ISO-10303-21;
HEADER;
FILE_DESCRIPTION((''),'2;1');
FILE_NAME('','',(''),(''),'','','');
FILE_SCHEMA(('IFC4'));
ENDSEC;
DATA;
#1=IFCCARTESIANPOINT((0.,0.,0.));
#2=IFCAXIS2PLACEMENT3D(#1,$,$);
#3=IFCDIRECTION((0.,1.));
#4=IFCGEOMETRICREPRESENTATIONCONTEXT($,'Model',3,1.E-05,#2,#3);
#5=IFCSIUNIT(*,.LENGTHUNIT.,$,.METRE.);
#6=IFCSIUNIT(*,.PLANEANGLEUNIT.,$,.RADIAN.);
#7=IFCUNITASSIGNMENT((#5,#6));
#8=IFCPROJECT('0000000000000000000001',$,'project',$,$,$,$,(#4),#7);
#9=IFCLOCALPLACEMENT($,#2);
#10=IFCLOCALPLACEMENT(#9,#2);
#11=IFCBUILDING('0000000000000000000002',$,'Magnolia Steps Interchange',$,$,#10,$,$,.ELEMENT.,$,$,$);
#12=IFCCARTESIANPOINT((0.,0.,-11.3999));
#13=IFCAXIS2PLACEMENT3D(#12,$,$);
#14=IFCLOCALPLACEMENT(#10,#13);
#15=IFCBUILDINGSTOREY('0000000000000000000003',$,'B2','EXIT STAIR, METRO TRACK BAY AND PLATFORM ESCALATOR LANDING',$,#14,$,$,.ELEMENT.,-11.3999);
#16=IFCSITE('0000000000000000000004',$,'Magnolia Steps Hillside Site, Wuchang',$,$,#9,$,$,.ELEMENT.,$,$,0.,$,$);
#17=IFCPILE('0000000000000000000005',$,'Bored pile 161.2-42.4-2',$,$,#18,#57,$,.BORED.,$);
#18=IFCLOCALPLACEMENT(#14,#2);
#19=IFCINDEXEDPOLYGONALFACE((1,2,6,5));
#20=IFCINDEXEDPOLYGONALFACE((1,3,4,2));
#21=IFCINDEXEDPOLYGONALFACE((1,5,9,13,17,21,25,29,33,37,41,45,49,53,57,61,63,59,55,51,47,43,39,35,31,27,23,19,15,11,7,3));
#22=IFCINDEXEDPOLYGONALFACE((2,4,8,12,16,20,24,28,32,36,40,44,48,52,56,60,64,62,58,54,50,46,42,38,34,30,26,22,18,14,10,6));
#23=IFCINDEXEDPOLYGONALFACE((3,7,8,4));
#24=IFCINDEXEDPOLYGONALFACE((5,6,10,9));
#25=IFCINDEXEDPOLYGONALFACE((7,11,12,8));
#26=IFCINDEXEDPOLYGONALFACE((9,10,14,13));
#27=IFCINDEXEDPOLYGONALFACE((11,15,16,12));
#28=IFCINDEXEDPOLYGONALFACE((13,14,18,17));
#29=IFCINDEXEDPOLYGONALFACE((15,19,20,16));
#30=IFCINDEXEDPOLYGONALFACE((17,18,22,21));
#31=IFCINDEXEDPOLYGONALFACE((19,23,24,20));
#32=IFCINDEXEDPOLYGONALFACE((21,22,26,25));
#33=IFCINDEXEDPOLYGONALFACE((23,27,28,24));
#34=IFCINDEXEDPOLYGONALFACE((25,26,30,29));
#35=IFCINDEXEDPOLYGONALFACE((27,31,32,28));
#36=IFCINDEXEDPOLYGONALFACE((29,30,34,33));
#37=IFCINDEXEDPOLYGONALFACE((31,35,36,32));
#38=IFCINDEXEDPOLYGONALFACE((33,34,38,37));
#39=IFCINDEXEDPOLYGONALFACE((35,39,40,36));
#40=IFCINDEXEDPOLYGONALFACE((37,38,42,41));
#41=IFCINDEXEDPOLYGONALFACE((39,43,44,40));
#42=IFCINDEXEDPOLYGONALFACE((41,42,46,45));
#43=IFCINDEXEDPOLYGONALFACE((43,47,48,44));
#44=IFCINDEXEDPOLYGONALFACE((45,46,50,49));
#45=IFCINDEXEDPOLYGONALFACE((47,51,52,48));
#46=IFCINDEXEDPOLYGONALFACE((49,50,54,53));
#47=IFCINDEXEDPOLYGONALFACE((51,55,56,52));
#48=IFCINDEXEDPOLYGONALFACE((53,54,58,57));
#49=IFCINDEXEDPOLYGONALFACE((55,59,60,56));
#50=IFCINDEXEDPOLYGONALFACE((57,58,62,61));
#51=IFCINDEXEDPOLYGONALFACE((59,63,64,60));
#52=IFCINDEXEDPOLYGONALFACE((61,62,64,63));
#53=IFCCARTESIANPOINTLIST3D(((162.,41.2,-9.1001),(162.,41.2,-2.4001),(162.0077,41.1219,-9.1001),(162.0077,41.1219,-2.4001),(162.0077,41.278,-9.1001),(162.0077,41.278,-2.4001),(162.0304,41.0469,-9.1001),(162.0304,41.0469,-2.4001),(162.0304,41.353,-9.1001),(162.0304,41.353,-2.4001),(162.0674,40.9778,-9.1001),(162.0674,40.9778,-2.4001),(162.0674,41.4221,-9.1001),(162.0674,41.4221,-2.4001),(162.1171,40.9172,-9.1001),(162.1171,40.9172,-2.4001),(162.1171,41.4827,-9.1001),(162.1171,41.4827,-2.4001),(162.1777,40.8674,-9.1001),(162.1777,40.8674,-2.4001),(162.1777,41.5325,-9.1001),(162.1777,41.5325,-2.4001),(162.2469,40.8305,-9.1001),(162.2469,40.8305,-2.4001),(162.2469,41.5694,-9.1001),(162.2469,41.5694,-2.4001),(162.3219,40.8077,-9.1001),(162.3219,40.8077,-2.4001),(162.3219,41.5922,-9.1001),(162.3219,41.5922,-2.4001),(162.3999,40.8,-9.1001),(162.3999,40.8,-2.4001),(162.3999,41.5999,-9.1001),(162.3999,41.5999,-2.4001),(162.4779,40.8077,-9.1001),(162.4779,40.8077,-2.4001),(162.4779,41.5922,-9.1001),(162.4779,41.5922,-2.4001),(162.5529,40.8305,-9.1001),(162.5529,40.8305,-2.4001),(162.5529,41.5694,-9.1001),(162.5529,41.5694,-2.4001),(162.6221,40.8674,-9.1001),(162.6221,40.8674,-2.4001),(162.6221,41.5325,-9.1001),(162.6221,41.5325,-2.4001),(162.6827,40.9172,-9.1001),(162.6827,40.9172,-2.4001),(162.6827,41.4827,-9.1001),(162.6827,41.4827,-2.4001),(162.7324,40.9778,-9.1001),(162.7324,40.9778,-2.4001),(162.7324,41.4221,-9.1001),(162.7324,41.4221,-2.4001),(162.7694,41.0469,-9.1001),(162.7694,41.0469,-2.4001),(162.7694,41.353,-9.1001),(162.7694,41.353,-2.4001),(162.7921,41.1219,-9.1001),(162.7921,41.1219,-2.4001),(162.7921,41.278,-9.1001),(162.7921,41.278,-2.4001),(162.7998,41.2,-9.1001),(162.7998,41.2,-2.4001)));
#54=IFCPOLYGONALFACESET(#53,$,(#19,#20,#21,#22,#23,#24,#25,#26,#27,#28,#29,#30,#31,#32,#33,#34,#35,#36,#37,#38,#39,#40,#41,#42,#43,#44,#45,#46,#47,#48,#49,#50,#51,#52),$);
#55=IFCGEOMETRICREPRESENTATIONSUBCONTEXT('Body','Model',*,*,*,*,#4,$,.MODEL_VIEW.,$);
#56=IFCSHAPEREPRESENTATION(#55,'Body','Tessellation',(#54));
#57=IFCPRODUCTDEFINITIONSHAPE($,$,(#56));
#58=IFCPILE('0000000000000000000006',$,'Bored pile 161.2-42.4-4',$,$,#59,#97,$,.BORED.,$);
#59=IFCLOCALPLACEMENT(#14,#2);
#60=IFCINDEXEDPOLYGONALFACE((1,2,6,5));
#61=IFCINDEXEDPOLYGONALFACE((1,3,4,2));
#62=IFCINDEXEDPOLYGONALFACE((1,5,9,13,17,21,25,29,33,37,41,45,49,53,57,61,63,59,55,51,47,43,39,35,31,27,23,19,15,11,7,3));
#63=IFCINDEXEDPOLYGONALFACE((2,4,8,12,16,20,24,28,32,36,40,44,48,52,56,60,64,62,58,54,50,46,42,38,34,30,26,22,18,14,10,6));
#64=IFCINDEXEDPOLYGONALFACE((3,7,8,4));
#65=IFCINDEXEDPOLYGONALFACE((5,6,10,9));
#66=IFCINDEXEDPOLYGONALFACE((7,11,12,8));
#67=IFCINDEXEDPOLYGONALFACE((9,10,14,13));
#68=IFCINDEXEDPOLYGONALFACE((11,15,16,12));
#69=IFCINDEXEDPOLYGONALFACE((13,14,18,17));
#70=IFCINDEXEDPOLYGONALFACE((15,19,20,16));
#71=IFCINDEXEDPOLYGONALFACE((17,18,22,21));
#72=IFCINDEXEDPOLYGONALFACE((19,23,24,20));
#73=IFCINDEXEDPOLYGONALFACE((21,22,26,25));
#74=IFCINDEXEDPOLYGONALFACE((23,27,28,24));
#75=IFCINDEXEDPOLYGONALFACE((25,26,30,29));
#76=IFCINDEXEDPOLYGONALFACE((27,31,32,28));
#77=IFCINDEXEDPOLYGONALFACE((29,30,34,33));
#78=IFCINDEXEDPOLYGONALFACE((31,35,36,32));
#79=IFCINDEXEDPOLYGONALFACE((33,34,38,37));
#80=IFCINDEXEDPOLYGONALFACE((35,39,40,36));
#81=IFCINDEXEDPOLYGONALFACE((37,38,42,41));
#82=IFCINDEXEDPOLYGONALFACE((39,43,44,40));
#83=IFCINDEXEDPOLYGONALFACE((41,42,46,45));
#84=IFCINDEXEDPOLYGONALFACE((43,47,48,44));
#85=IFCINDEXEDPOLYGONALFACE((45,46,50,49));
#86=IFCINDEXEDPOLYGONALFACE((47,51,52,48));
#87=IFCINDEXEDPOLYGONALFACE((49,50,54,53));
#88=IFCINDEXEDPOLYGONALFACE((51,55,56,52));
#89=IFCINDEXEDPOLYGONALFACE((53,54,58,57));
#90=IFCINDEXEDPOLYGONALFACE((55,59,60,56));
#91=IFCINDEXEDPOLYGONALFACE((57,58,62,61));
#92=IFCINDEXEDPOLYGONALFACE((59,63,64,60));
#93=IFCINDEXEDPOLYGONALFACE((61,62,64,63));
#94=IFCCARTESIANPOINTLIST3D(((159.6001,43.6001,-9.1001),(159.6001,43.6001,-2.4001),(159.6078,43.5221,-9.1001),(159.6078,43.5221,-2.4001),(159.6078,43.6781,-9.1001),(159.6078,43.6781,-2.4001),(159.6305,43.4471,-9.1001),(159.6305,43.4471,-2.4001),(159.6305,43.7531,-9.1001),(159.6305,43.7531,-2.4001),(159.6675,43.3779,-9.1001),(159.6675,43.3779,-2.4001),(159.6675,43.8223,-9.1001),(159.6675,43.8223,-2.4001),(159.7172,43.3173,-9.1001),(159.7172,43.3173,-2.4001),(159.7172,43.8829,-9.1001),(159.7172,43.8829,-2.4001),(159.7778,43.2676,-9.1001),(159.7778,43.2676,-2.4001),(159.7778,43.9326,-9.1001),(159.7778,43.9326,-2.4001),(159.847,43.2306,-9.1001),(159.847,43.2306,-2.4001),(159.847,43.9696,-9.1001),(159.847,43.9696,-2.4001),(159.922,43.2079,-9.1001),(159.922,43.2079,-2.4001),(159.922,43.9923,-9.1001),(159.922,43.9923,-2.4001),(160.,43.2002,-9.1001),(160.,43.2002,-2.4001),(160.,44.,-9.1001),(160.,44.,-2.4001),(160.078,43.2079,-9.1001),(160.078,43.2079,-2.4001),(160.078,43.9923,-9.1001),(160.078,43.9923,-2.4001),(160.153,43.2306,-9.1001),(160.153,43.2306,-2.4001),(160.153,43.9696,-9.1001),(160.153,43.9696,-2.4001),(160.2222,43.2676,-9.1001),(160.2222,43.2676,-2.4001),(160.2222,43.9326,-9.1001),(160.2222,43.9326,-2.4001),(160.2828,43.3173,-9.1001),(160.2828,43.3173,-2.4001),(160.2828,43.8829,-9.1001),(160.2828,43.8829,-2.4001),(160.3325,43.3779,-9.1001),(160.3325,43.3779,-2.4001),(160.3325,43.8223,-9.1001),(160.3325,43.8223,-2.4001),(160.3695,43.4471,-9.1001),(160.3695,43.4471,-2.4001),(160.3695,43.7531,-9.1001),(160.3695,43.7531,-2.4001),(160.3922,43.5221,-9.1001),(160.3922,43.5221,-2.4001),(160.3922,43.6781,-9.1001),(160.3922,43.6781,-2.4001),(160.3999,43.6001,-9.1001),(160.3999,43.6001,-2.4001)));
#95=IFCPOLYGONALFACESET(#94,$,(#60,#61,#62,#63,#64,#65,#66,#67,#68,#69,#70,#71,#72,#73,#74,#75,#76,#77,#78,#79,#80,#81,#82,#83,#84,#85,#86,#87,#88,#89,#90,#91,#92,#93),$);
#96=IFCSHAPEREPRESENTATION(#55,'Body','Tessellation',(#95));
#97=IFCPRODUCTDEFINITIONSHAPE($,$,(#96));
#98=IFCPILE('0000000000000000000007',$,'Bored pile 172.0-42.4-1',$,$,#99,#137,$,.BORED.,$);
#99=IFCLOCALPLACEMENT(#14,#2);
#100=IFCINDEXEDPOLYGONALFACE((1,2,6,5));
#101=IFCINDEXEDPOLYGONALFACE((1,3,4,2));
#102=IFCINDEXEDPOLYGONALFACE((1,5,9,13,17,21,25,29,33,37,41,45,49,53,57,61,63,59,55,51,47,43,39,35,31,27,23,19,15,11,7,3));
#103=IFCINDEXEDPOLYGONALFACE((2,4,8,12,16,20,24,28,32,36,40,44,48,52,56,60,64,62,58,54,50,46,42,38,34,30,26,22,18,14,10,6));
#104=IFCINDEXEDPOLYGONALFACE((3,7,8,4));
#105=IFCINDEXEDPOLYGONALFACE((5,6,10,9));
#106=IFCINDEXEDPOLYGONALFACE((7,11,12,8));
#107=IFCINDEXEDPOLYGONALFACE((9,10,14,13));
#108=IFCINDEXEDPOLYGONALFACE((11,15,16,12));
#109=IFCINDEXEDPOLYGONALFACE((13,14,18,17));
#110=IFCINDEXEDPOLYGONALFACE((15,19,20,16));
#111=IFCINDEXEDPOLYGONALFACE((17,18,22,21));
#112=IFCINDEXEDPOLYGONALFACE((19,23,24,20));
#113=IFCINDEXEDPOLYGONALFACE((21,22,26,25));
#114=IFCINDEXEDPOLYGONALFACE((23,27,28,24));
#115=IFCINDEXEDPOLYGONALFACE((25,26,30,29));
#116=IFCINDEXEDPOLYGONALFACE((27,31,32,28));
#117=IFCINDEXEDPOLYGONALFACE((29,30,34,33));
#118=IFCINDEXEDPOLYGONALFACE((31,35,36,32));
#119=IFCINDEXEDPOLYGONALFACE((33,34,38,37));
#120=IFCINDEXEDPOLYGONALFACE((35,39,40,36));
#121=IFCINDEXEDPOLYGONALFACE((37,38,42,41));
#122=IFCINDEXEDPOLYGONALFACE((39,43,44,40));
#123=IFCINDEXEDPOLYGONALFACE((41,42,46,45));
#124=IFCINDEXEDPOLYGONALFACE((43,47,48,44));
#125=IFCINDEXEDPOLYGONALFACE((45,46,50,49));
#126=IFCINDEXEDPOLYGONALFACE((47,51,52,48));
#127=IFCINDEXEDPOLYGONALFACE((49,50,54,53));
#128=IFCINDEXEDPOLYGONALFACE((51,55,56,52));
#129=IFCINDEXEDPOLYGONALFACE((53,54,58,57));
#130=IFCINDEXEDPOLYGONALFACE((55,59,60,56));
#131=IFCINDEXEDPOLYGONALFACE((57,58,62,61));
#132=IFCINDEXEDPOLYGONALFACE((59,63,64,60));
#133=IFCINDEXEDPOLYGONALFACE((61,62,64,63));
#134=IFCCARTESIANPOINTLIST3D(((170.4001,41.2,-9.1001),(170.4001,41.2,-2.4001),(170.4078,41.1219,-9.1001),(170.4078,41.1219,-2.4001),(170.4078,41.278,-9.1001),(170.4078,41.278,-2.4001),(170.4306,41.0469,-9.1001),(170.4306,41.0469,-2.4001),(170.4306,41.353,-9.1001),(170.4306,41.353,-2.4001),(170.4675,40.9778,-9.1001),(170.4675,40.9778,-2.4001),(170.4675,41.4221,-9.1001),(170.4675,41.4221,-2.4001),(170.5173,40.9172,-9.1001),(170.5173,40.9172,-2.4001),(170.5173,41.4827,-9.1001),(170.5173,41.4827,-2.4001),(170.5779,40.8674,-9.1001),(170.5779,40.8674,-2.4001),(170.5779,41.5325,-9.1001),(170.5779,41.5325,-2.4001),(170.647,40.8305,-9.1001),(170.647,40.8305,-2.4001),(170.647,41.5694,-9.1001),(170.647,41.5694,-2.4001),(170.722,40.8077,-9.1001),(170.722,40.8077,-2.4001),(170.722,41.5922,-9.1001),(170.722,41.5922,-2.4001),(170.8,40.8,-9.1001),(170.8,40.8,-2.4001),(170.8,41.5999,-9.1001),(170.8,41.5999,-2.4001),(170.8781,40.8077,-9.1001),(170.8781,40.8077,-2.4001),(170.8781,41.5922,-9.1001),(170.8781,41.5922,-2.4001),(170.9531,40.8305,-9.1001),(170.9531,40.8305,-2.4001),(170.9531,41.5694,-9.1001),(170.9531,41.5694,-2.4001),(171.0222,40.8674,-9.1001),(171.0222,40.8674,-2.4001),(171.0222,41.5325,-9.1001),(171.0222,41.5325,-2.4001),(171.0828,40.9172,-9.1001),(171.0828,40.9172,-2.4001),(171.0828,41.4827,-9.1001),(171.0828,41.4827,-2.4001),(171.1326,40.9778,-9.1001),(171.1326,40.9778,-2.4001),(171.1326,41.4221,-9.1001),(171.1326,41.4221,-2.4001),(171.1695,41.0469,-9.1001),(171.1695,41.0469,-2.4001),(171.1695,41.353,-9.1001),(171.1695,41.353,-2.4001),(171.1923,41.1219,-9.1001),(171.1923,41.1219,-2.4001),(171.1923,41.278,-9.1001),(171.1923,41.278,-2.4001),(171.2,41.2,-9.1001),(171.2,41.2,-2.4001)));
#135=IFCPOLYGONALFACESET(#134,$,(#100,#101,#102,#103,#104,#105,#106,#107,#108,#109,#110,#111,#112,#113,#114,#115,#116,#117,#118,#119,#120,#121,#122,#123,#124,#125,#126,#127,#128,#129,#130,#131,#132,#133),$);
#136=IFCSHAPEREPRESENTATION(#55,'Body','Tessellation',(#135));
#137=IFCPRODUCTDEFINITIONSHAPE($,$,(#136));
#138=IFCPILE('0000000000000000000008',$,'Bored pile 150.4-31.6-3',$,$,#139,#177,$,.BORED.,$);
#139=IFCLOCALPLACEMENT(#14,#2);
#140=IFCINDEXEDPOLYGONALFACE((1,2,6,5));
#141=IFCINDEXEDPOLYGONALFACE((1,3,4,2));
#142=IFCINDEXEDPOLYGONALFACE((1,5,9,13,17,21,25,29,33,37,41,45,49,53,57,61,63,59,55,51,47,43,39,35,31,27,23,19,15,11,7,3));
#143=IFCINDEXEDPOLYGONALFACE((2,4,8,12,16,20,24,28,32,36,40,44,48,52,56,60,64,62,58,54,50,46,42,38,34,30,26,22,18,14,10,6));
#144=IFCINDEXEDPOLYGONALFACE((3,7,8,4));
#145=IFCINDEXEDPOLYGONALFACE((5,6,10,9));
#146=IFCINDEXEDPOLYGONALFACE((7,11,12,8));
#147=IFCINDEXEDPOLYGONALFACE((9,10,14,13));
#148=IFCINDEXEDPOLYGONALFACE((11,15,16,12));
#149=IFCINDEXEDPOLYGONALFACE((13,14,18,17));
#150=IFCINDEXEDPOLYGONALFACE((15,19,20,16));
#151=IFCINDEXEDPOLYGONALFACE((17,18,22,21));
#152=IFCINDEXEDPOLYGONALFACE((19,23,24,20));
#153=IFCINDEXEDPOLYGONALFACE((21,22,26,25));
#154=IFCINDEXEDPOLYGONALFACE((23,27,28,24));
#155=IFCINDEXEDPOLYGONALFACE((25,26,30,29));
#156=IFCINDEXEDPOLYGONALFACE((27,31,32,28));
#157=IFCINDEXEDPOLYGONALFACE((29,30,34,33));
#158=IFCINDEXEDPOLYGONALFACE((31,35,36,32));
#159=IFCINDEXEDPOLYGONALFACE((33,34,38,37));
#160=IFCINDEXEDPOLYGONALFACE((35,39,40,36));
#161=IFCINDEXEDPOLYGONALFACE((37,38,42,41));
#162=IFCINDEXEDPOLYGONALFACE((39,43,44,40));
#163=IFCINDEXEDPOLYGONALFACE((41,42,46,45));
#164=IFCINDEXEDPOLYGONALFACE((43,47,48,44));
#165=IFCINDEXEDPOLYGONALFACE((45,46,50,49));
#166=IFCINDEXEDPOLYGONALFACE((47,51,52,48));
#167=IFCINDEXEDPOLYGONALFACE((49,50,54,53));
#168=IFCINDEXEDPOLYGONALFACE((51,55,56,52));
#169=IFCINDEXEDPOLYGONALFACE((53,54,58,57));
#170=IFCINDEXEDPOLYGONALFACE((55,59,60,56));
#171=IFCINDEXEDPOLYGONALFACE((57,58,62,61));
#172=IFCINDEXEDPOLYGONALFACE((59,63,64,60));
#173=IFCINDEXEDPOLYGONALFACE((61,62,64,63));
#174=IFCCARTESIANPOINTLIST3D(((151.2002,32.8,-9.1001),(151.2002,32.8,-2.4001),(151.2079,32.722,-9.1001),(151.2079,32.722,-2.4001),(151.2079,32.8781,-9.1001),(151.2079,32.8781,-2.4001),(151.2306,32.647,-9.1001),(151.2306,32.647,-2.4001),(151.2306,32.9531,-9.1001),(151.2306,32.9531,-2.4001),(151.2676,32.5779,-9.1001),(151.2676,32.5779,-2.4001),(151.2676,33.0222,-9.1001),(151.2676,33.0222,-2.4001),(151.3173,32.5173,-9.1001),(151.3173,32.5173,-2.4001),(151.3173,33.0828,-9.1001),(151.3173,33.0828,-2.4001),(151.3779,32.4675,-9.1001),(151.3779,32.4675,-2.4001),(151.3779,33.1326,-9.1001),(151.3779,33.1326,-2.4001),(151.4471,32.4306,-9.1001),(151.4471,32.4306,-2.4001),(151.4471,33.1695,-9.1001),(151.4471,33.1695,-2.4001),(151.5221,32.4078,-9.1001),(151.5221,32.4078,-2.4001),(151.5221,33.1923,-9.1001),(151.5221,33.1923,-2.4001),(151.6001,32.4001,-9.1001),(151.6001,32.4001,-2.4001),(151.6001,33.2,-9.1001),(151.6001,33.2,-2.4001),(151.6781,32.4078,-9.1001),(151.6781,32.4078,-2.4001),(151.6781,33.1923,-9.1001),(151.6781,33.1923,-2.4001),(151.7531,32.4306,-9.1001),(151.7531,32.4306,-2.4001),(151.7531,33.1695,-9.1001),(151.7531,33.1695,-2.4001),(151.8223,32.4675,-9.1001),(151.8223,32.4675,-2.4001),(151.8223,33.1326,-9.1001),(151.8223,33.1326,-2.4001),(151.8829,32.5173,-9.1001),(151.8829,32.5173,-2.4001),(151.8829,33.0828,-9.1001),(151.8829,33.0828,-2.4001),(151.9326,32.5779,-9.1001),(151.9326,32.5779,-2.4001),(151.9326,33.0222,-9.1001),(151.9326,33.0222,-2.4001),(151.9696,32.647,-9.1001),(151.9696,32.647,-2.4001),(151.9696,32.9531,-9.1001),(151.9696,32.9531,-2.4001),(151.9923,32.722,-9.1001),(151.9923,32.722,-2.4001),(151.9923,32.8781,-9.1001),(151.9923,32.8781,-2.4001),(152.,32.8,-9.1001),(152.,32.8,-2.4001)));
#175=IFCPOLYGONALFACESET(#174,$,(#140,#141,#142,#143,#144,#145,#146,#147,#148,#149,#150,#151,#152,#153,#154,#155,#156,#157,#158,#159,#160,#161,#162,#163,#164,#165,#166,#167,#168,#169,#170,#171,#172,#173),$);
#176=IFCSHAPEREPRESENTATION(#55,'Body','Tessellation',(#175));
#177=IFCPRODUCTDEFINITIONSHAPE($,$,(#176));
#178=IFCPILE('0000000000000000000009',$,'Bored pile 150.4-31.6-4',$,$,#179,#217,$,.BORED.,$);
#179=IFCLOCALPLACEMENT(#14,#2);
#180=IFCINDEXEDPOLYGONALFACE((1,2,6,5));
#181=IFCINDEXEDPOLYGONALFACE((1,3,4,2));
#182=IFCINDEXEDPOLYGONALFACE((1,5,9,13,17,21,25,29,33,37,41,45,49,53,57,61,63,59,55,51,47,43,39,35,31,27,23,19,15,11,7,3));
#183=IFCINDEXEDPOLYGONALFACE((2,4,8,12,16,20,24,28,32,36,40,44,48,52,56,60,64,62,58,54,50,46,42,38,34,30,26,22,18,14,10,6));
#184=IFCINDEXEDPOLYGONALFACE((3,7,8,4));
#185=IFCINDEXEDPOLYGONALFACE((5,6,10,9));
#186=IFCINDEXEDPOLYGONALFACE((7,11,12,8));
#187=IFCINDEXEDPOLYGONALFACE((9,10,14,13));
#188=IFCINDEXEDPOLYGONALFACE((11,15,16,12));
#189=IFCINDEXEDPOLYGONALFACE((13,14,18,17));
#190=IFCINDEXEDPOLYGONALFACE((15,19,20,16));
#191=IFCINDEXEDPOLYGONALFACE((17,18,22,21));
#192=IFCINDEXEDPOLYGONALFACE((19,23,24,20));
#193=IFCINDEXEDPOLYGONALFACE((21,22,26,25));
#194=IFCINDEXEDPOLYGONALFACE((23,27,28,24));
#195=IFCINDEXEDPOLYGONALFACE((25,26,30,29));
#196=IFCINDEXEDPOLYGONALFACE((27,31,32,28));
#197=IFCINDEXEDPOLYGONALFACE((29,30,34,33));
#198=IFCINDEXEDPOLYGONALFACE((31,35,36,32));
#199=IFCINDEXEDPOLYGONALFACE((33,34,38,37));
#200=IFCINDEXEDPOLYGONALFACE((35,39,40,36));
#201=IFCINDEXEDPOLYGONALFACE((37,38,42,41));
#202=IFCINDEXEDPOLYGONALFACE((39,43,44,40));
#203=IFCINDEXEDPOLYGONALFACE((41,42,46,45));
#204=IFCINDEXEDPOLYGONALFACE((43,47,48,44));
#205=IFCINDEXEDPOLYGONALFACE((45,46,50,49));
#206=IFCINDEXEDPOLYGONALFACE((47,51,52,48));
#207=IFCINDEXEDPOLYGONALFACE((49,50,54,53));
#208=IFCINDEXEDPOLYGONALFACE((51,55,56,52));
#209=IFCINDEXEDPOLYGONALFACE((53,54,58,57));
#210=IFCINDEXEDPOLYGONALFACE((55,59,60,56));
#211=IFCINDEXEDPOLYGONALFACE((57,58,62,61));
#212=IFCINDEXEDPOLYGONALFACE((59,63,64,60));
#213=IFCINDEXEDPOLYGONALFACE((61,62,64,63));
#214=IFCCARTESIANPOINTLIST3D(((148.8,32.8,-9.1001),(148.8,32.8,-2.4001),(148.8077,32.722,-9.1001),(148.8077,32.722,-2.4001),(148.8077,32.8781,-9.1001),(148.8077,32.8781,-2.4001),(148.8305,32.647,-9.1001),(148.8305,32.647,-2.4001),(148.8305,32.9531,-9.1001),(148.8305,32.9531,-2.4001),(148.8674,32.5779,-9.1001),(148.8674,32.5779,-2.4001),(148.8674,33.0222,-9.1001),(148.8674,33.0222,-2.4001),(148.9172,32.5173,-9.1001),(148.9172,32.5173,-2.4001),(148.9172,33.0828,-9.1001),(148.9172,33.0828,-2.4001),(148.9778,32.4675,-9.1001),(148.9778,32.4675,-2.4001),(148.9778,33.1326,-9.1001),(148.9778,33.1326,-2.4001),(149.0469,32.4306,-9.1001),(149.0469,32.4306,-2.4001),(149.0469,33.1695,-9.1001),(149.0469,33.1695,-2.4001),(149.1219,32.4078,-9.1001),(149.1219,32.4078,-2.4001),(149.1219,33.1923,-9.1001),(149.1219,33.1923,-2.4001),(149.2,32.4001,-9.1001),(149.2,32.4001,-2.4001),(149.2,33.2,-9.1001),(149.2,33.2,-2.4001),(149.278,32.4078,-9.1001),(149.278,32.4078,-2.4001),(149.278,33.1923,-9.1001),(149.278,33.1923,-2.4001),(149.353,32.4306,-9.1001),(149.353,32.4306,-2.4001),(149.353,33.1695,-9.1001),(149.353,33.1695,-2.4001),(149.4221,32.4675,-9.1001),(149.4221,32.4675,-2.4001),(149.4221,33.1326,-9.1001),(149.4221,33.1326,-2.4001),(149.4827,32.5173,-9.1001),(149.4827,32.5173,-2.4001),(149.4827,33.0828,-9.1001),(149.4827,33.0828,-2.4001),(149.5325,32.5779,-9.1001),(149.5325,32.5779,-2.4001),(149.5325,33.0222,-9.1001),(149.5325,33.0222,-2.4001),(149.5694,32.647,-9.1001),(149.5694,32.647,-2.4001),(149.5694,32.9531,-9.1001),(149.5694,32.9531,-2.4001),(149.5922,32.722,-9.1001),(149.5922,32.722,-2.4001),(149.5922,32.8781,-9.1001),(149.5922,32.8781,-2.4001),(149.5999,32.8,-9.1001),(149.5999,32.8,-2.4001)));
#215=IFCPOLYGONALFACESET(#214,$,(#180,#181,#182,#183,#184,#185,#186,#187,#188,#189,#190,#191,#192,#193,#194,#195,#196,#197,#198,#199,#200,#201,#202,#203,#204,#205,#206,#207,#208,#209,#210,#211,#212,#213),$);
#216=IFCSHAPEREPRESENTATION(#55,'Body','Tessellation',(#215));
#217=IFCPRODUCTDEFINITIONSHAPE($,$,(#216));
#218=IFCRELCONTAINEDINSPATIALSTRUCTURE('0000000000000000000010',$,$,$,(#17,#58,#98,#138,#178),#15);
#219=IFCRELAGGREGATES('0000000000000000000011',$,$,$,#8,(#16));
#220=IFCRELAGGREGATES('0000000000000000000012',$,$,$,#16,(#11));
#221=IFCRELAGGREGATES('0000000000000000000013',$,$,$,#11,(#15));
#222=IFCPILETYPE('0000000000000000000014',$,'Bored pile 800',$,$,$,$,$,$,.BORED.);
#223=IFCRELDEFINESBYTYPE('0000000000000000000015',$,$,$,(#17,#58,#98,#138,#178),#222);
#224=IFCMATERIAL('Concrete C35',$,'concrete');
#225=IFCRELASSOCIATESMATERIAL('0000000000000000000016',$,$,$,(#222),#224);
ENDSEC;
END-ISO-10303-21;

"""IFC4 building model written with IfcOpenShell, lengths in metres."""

from ifc_helpers import new_model, si_unit, direction, frame, origin, origin_2d, place, context, subcontext, project, spatial, circle, extrude, material, material_profile, profile_set, type_object, element, save


model = new_model("IFC4")

# Units and contexts
model_context = context("Model", 3, precision=1e-05, world=origin(), true_north=direction((0.0, 1.0)))
body_context = subcontext(model_context, "Body", "Model", "MODEL_VIEW")
ifc_project = project(units=[si_unit("LENGTHUNIT", "METRE"), si_unit("PLANEANGLEUNIT", "RADIAN")], contexts=[model_context])

# Site, building, storey
site_placement = place(None, origin())
site = spatial("IfcSite", under=ifc_project, at=site_placement, Name="Magnolia Steps Hillside Site, Wuchang", CompositionType="ELEMENT", RefElevation=0.0)
building_placement = place(site_placement, origin())
building = spatial("IfcBuilding", under=site, at=building_placement, Name="Magnolia Steps Interchange", CompositionType="ELEMENT")
storey_placement = place(building_placement, frame((0.0, 0.0, -11.3999)))
storey = spatial("IfcBuildingStorey", under=building, at=storey_placement, Name="B2", Description="EXIT STAIR, METRO TRACK BAY AND PLATFORM ESCALATOR LANDING", CompositionType="ELEMENT", Elevation=-11.3999)

# Piles
ifc_material_1 = material(Name="Concrete C35", Category="concrete")
ifc_material_profile_1 = material_profile(ifc_material_1, circle(Radius=0.3999, at=origin_2d()), Name="Bored pile 800")
ifc_profile_set_1 = profile_set([ifc_material_profile_1], Name="Concrete C35")
pile_type = type_object("IfcPileType", Name="Bored pile 800", PredefinedType="BORED", material=ifc_profile_set_1)
for number, where, z_axis, x_axis, name in (
    (1, (162.3999, 41.2, -2.4001), (0.0, 0.0, -1.0), (1.0, 0.0, 0.0), "Bored pile 161.2-42.4-2"),
    (2, (160.0, 43.6001, -2.4001), (0.0, 0.0, -1.0), (1.0, 0.0, 0.0), "Bored pile 161.2-42.4-4"),
    (3, (170.8, 41.2, -2.4001), (0.0, 0.0, -1.0), (1.0, 0.0, 0.0), "Bored pile 172.0-42.4-1"),
    (4, (151.6001, 32.8, -2.4001), (0.0, 0.0, -1.0), (1.0, 0.0, 0.0), "Bored pile 150.4-31.6-3"),
    (5, (149.2, 32.8, -2.4001), (0.0, 0.0, -1.0), (1.0, 0.0, 0.0), "Bored pile 150.4-31.6-4"),
):
    element("IfcPile", number, at=place(storey_placement, frame(where, z_axis=z_axis, x_axis=x_axis)), inside=storey, type_object=pile_type, Name=name, PredefinedType="BORED", context=body_context, shape_type="SweptSolid", body=[
        extrude(circle(Radius=0.3999, at=origin_2d()), origin(), (0.0, 0.0, 1.0), 6.7),
    ])

save(model, "model.ifc")
